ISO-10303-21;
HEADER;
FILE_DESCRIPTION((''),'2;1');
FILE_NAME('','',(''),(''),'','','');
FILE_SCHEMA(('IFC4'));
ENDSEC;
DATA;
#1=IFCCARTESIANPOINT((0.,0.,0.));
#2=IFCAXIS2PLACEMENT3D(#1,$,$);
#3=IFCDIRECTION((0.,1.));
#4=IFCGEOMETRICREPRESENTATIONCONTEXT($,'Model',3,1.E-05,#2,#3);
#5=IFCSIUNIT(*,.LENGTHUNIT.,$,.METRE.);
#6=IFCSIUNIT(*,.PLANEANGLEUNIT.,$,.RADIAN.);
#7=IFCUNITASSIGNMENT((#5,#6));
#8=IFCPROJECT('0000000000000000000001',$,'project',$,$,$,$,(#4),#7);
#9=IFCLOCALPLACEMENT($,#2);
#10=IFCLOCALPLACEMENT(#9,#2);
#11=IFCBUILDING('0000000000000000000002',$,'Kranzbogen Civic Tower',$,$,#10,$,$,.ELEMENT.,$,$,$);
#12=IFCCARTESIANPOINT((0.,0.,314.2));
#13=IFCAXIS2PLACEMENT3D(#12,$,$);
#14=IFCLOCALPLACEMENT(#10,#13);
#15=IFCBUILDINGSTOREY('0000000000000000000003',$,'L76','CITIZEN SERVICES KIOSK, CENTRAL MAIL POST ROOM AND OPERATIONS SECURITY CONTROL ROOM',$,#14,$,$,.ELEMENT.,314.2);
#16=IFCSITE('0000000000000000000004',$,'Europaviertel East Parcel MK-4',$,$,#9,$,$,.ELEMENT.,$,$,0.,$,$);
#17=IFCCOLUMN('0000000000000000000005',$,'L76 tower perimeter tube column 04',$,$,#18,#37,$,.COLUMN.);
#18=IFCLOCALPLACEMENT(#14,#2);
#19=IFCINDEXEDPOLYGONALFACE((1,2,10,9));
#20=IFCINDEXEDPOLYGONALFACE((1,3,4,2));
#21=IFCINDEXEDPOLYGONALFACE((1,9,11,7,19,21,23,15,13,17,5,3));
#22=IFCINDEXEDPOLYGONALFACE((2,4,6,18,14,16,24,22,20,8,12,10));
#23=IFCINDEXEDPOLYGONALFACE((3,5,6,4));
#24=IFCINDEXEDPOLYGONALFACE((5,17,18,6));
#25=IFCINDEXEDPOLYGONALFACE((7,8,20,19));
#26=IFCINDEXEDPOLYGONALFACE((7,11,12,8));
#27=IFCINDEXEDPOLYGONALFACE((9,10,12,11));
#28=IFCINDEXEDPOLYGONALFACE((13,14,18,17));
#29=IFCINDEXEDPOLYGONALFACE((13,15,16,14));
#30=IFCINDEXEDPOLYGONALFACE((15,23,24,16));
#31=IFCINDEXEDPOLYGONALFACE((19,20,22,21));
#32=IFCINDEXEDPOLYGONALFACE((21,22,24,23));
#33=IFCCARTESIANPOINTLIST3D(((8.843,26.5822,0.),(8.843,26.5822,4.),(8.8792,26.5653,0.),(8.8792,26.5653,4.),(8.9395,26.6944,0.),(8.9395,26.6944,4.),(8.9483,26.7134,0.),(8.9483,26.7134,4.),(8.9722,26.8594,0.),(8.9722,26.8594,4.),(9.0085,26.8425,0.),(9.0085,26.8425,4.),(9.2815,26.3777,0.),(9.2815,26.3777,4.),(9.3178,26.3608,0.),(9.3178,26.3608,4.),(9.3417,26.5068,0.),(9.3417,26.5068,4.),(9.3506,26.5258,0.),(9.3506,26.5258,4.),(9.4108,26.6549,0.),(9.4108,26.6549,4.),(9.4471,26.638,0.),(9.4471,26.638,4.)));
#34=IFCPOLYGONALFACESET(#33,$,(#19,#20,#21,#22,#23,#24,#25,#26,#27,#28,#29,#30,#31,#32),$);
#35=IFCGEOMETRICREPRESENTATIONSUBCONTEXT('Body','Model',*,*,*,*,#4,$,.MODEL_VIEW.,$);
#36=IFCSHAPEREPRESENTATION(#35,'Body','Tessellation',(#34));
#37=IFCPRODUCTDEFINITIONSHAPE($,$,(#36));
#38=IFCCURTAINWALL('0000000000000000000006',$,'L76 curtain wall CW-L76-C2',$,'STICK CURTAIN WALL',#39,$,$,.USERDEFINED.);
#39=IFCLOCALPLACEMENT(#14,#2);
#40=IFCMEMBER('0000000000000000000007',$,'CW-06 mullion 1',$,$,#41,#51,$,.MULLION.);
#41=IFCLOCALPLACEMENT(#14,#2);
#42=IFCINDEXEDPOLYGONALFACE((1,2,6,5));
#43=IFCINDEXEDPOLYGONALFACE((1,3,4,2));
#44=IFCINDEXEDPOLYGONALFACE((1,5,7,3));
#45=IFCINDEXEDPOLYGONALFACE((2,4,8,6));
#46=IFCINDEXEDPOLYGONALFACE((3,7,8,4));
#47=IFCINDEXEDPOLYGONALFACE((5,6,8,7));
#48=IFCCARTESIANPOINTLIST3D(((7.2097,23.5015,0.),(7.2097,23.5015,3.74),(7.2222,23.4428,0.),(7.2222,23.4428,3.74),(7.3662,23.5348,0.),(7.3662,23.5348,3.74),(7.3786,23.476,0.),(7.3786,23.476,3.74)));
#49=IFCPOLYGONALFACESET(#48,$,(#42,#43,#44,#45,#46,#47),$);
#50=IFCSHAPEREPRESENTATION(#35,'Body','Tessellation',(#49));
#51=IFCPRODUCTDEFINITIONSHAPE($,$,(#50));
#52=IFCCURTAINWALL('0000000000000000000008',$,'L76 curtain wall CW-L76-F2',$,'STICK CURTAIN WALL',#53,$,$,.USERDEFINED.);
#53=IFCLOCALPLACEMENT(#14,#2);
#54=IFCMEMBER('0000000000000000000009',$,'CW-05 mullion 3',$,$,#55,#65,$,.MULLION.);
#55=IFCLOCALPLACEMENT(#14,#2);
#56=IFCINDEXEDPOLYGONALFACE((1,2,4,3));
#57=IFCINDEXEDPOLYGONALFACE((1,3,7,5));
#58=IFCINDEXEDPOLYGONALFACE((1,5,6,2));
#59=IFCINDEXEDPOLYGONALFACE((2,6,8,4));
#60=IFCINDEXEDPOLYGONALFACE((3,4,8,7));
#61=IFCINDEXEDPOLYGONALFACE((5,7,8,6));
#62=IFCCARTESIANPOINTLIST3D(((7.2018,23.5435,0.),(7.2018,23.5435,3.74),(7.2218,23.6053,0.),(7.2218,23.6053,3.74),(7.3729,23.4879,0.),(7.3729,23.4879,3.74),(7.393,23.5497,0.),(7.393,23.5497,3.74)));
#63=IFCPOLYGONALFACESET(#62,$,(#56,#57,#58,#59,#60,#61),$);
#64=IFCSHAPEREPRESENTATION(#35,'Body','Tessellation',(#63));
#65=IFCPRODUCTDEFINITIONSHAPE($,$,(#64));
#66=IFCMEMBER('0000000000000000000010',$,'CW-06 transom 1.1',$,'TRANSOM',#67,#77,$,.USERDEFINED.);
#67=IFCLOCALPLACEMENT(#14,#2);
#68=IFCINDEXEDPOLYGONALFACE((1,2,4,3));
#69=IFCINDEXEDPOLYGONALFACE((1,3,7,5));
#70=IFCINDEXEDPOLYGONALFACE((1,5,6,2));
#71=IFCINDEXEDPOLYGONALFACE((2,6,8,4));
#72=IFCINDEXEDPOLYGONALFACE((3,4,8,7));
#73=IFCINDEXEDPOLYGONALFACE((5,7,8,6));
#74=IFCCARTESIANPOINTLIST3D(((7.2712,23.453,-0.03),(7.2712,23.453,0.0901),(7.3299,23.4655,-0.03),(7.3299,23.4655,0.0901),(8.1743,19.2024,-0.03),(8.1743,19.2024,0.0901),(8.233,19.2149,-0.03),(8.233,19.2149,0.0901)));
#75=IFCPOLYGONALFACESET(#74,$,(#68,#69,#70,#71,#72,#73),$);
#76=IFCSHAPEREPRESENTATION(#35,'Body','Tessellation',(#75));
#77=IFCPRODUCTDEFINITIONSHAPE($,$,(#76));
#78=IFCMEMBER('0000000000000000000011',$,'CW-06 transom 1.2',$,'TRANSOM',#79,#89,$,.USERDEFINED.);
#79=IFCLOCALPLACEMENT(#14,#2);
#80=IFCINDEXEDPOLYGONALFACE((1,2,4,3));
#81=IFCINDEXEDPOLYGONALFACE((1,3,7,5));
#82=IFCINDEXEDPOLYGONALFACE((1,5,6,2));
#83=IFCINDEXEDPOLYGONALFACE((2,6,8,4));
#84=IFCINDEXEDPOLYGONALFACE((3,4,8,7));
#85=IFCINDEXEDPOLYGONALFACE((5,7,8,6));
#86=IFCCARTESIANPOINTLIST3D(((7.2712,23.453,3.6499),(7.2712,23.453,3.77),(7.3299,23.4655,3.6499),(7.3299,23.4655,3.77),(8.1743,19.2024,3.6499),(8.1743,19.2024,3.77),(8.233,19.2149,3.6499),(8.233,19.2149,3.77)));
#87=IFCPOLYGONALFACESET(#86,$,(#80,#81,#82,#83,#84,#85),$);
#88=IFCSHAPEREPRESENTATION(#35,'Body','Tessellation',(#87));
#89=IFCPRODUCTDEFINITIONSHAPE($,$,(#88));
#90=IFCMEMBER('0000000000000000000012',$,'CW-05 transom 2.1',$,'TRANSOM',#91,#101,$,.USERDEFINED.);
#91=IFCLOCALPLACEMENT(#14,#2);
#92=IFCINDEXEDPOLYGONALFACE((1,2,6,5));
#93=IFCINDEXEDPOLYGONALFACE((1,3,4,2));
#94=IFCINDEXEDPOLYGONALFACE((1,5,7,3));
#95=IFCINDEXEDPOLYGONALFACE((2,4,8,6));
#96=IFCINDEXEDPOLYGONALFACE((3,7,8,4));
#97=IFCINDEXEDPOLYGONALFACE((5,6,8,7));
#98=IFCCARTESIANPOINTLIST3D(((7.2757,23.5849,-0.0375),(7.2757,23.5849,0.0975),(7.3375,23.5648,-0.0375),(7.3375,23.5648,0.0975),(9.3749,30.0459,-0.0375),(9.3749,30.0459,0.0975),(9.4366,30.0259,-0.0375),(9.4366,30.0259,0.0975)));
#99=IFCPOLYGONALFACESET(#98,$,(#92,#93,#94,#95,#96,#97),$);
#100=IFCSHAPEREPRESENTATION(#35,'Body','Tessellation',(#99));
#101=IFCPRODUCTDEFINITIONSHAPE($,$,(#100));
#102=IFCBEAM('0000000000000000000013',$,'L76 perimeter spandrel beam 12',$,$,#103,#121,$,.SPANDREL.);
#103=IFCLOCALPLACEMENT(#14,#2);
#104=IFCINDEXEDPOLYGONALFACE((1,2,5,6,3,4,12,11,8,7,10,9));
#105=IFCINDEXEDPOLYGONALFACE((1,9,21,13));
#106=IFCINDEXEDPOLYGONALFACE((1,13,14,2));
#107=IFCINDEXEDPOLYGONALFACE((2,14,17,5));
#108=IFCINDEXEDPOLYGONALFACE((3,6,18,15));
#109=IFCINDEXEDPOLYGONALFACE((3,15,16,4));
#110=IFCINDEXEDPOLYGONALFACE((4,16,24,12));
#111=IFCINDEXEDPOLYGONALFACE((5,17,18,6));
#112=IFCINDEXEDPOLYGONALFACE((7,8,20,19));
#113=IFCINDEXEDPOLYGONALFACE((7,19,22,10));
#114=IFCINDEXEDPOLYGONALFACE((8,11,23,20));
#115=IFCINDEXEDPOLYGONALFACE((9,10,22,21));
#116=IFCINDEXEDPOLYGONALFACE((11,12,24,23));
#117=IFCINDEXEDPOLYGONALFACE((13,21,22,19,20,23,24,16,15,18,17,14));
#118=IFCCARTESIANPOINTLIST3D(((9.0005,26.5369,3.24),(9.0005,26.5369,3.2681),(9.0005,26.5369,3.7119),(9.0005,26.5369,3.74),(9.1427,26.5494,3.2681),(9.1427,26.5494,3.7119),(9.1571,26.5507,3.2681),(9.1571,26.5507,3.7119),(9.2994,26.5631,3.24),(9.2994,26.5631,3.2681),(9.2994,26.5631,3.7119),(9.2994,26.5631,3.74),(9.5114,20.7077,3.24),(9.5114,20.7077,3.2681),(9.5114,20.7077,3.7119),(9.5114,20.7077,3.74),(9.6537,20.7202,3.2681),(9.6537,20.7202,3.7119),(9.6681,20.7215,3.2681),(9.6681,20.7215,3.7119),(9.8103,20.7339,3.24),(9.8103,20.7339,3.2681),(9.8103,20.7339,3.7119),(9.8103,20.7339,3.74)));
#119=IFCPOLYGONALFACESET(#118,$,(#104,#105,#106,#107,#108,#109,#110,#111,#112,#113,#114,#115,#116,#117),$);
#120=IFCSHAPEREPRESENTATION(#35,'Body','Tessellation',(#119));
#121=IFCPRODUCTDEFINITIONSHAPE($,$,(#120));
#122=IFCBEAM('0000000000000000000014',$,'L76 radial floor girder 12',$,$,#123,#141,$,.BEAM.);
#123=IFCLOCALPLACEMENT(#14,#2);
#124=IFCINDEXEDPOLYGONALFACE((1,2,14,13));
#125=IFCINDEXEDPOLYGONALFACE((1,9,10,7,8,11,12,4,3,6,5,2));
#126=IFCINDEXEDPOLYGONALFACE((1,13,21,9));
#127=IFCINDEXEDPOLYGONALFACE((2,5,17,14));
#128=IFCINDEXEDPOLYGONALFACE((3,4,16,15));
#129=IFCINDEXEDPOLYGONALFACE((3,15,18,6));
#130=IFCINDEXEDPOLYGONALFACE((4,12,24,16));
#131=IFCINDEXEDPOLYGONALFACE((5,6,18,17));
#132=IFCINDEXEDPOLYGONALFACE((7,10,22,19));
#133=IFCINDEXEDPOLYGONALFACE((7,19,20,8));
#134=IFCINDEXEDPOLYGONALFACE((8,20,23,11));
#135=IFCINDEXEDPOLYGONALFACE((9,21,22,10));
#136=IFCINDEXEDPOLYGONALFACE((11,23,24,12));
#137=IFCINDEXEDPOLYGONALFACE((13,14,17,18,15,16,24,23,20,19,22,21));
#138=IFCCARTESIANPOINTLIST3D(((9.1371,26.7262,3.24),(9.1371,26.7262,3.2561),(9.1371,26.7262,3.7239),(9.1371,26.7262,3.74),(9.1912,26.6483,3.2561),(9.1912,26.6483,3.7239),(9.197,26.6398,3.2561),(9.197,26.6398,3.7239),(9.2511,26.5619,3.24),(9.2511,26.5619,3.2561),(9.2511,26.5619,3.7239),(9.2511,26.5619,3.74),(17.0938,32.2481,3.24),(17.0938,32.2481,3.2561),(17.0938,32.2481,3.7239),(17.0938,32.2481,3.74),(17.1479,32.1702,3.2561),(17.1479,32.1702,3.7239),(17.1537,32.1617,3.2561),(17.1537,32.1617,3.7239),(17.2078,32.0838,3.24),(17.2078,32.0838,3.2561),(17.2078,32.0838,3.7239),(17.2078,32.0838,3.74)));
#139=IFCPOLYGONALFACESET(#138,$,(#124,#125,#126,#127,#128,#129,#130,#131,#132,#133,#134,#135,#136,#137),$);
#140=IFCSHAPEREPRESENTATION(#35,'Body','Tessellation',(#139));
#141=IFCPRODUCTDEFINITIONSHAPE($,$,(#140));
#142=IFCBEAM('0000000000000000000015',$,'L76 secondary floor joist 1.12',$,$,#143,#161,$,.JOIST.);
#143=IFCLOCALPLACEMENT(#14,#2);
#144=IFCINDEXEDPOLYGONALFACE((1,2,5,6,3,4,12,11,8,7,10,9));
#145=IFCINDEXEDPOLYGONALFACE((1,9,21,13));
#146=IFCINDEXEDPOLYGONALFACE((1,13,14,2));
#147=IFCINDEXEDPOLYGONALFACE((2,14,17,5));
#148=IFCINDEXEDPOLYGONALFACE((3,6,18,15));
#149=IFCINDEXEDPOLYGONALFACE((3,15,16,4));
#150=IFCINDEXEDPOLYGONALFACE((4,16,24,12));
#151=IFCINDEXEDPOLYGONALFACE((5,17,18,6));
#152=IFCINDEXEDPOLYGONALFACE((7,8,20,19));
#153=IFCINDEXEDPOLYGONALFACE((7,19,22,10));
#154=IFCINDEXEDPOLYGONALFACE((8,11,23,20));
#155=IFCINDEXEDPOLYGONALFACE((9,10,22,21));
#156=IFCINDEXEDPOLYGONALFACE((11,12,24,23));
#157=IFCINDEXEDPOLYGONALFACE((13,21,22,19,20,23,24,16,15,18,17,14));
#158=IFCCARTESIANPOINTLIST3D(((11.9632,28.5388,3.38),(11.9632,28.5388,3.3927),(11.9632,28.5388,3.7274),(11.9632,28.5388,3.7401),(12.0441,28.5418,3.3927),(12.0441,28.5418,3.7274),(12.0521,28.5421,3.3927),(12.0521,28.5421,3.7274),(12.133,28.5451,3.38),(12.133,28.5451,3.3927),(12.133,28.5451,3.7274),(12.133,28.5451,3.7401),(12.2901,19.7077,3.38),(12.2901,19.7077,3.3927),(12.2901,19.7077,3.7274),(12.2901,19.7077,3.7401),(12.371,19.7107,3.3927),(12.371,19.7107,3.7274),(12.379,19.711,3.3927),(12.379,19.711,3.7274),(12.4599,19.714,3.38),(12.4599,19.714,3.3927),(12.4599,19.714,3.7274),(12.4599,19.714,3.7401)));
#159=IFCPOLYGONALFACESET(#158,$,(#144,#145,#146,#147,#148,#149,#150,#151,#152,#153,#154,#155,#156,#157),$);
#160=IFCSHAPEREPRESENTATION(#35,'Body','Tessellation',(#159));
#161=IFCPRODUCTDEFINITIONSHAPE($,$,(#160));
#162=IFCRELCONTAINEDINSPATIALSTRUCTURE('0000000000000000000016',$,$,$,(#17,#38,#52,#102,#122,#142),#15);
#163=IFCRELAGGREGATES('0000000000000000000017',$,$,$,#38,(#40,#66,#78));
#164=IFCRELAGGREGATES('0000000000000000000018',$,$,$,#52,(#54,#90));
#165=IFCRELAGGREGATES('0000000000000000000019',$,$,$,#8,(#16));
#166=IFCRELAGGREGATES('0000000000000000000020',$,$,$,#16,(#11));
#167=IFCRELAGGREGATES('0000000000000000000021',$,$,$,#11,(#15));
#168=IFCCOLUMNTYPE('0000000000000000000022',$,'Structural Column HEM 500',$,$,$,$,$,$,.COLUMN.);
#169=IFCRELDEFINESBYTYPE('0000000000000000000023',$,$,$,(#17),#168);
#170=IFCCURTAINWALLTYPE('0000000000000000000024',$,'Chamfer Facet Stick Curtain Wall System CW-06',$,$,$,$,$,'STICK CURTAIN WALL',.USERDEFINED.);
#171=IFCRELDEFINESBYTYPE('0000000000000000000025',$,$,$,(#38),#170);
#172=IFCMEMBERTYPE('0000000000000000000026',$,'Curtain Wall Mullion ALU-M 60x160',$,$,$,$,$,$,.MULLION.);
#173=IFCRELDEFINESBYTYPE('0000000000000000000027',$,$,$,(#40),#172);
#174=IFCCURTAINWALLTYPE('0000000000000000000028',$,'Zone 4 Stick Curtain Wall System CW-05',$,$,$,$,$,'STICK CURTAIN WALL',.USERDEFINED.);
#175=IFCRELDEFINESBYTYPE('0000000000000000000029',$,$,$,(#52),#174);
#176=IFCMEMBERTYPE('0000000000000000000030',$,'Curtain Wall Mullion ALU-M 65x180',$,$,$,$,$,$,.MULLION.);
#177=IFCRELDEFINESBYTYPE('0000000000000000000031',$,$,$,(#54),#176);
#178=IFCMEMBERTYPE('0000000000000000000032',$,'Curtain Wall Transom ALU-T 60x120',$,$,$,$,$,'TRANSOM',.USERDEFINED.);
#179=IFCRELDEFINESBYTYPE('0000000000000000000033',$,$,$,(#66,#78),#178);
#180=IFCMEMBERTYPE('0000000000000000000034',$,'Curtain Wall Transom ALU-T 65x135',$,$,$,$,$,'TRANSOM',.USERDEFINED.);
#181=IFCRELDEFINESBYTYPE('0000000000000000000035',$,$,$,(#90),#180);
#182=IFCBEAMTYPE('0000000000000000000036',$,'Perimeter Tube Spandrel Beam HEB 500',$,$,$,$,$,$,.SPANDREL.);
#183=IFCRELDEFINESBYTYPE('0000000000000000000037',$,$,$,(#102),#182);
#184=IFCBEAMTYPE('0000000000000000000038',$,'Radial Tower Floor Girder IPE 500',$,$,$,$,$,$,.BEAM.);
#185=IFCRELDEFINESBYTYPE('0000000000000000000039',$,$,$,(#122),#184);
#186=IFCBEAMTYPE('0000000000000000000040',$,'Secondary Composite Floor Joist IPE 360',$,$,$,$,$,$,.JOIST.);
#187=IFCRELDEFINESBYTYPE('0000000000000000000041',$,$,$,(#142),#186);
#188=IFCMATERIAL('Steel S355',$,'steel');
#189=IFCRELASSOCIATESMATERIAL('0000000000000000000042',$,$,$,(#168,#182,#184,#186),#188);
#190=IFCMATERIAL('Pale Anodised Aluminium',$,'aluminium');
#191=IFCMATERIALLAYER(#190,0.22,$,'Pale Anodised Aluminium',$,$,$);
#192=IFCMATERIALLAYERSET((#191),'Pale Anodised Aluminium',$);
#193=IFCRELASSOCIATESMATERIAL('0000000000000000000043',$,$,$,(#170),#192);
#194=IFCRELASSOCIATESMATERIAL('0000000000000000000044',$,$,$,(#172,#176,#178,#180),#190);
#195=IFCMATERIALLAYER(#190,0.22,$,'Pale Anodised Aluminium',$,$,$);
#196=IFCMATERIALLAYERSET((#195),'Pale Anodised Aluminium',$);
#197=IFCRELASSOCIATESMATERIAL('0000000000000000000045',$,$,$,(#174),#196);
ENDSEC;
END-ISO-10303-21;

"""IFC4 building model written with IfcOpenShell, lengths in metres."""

from ifc_helpers import new_model, si_unit, direction, frame, origin, origin_2d, place, context, subcontext, project, spatial, rectangle, i_section, extrude, material, layer, layer_set, material_profile, profile_set, type_object, element, aggregate, save


model = new_model("IFC4")

# Units and contexts
model_context = context("Model", 3, precision=1e-05, world=origin(), true_north=direction((0.0, 1.0)))
body_context = subcontext(model_context, "Body", "Model", "MODEL_VIEW")
ifc_project = project(units=[si_unit("LENGTHUNIT", "METRE"), si_unit("PLANEANGLEUNIT", "RADIAN")], contexts=[model_context])

# Site, building, storey
site_placement = place(None, origin())
site = spatial("IfcSite", under=ifc_project, at=site_placement, Name="Europaviertel East Parcel MK-4", CompositionType="ELEMENT", RefElevation=0.0)
building_placement = place(site_placement, origin())
building = spatial("IfcBuilding", under=site, at=building_placement, Name="Kranzbogen Civic Tower", CompositionType="ELEMENT")
storey_placement = place(building_placement, frame((0.0, 0.0, 314.2)))
storey = spatial("IfcBuildingStorey", under=building, at=storey_placement, Name="L76", Description="CITIZEN SERVICES KIOSK, CENTRAL MAIL POST ROOM AND OPERATIONS SECURITY CONTROL ROOM", CompositionType="ELEMENT", Elevation=314.2)

# Column
ifc_material_1 = material(Name="Steel S355", Category="steel")
ifc_material_profile_1 = material_profile(ifc_material_1, i_section(OverallWidth=0.3059, OverallDepth=0.5239, WebThickness=0.021, FlangeThickness=0.04, at=origin_2d()), Name="HEM 500")
ifc_profile_set_1 = profile_set([ifc_material_profile_1], Name="Steel S355")
column_type = type_object("IfcColumnType", Name="Structural Column HEM 500", PredefinedType="COLUMN", material=ifc_profile_set_1)
column_placement = place(storey_placement, frame((9.145, 26.6101, 0.0), z_axis=(0.0, 0.0, 1.0), x_axis=(0.422618, 0.906308, 0.0)))
element("IfcColumn", 1, at=column_placement, inside=storey, type_object=column_type, Name="L76 tower perimeter tube column 04", PredefinedType="COLUMN", context=body_context, shape_type="SweptSolid", body=[
    extrude(i_section(OverallWidth=0.3059, OverallDepth=0.5239, WebThickness=0.021, FlangeThickness=0.04, at=origin_2d()), origin(), (0.0, 0.0, 1.0), 4.0),
])

# Curtain walls, members
ifc_material_2 = material(Name="Pale Anodised Aluminium", Category="aluminium")
ifc_layer_1 = layer(ifc_material_2, 0.22, Name="Pale Anodised Aluminium")
ifc_layer_set_1 = layer_set([ifc_layer_1], Name="Pale Anodised Aluminium")
curtain_wall_type_1 = type_object("IfcCurtainWallType", Name="Chamfer Facet Stick Curtain Wall System CW-06", ElementType="STICK CURTAIN WALL", PredefinedType="USERDEFINED", material=ifc_layer_set_1)
curtain_wall_1_placement = place(storey_placement, origin())
curtain_wall_1 = element("IfcCurtainWall", 2, at=curtain_wall_1_placement, inside=storey, type_object=curtain_wall_type_1, Name="L76 curtain wall CW-L76-C2", ObjectType="STICK CURTAIN WALL", PredefinedType="USERDEFINED")
ifc_material_profile_2 = material_profile(ifc_material_2, rectangle(XDim=0.0601, YDim=0.1599, at=origin_2d()), Name="ALU-M 60x160")
ifc_profile_set_2 = profile_set([ifc_material_profile_2], Name="Pale Anodised Aluminium")
member_type_1 = type_object("IfcMemberType", Name="Curtain Wall Mullion ALU-M 60x160", PredefinedType="MULLION", material=ifc_profile_set_2)
member_1_placement = place(storey_placement, frame((7.2942, 23.4888, 0.0), z_axis=(0.0, 0.0, 1.0), x_axis=(0.207816, -0.978168, 0.0)))
member_1 = element("IfcMember", 3, at=member_1_placement, type_object=member_type_1, Name="CW-06 mullion 1", PredefinedType="MULLION", context=body_context, shape_type="SweptSolid", body=[
    extrude(rectangle(XDim=0.0601, YDim=0.1599, at=origin_2d()), origin(), (0.0, 0.0, 1.0), 3.74),
])
ifc_layer_2 = layer(ifc_material_2, 0.22, Name="Pale Anodised Aluminium")
ifc_layer_set_2 = layer_set([ifc_layer_2], Name="Pale Anodised Aluminium")
curtain_wall_type_2 = type_object("IfcCurtainWallType", Name="Zone 4 Stick Curtain Wall System CW-05", ElementType="STICK CURTAIN WALL", PredefinedType="USERDEFINED", material=ifc_layer_set_2)
curtain_wall_2_placement = place(storey_placement, origin())
curtain_wall_2 = element("IfcCurtainWall", 4, at=curtain_wall_2_placement, inside=storey, type_object=curtain_wall_type_2, Name="L76 curtain wall CW-L76-F2", ObjectType="STICK CURTAIN WALL", PredefinedType="USERDEFINED")
ifc_material_profile_3 = material_profile(ifc_material_2, rectangle(XDim=0.0649, YDim=0.1799, at=origin_2d()), Name="ALU-M 65x180")
ifc_profile_set_3 = profile_set([ifc_material_profile_3], Name="Pale Anodised Aluminium")
member_type_2 = type_object("IfcMemberType", Name="Curtain Wall Mullion ALU-M 65x180", PredefinedType="MULLION", material=ifc_profile_set_3)
member_2_placement = place(storey_placement, frame((7.2974, 23.5466, 0.0), z_axis=(0.0, 0.0, 1.0), x_axis=(-0.309006, -0.95106, 0.0)))
member_2 = element("IfcMember", 5, at=member_2_placement, type_object=member_type_2, Name="CW-05 mullion 3", PredefinedType="MULLION", context=body_context, shape_type="SweptSolid", body=[
    extrude(rectangle(XDim=0.0649, YDim=0.1799, at=origin_2d()), origin(), (0.0, 0.0, 1.0), 3.74),
])

# Members
ifc_material_profile_4 = material_profile(ifc_material_2, rectangle(XDim=0.0601, YDim=0.1201, at=origin_2d()), Name="ALU-T 60x120")
ifc_profile_set_4 = profile_set([ifc_material_profile_4], Name="Pale Anodised Aluminium")
member_type_3 = type_object("IfcMemberType", Name="Curtain Wall Transom ALU-T 60x120", ElementType="TRANSOM", PredefinedType="USERDEFINED", material=ifc_profile_set_4)
member_3_placement = place(storey_placement, frame((7.3005, 23.4592, 0.03), z_axis=(0.207825, -0.978166, 0.0), x_axis=(0.978166, 0.207825, 0.0)))
member_3 = element("IfcMember", 6, at=member_3_placement, type_object=member_type_3, Name="CW-06 transom 1.1", ObjectType="TRANSOM", PredefinedType="USERDEFINED", context=body_context, shape_type="SweptSolid", body=[
    extrude(rectangle(XDim=0.0601, YDim=0.1201, at=origin_2d()), origin(), (0.0, 0.0, 1.0), 4.3455),
])
member_4_placement = place(storey_placement, frame((7.3005, 23.4592, 3.71), z_axis=(0.207825, -0.978166, 0.0), x_axis=(0.978166, 0.207825, 0.0)))
member_4 = element("IfcMember", 7, at=member_4_placement, type_object=member_type_3, Name="CW-06 transom 1.2", ObjectType="TRANSOM", PredefinedType="USERDEFINED", context=body_context, shape_type="SweptSolid", body=[
    extrude(rectangle(XDim=0.0601, YDim=0.1201, at=origin_2d()), origin(), (0.0, 0.0, 1.0), 4.3455),
])
ifc_material_profile_5 = material_profile(ifc_material_2, rectangle(XDim=0.0649, YDim=0.135, at=origin_2d()), Name="ALU-T 65x135")
ifc_profile_set_5 = profile_set([ifc_material_profile_5], Name="Pale Anodised Aluminium")
member_type_4 = type_object("IfcMemberType", Name="Curtain Wall Transom ALU-T 65x135", ElementType="TRANSOM", PredefinedType="USERDEFINED", material=ifc_profile_set_5)
member_5_placement = place(storey_placement, frame((9.4058, 30.0359, 0.03), z_axis=(-0.308995, -0.951064, 0.0), x_axis=(0.951064, -0.308995, 0.0)))
member_5 = element("IfcMember", 8, at=member_5_placement, type_object=member_type_4, Name="CW-05 transom 2.1", ObjectType="TRANSOM", PredefinedType="USERDEFINED", context=body_context, shape_type="SweptSolid", body=[
    extrude(rectangle(XDim=0.0649, YDim=0.135, at=origin_2d()), origin(), (0.0, 0.0, 1.0), 6.7935),
])

# Beams
ifc_material_profile_6 = material_profile(ifc_material_1, i_section(OverallWidth=0.3, OverallDepth=0.5, WebThickness=0.0144, FlangeThickness=0.0281, at=origin_2d()), Name="HEB 500")
ifc_profile_set_6 = profile_set([ifc_material_profile_6], Name="Steel S355")
beam_type_1 = type_object("IfcBeamType", Name="Perimeter Tube Spandrel Beam HEB 500", PredefinedType="SPANDREL", material=ifc_profile_set_6)
beam_1_placement = place(storey_placement, frame((9.1499, 26.55, 3.49), z_axis=(0.087326, -0.99618, 0.0), x_axis=(0.99618, 0.087326, 0.0)))
element("IfcBeam", 9, at=beam_1_placement, inside=storey, type_object=beam_type_1, Name="L76 perimeter spandrel beam 12", PredefinedType="SPANDREL", context=body_context, shape_type="SweptSolid", body=[
    extrude(i_section(OverallWidth=0.3, OverallDepth=0.5, WebThickness=0.0144, FlangeThickness=0.0281, at=origin_2d()), origin(), (0.0, 0.0, 1.0), 5.8516),
])
ifc_material_profile_7 = material_profile(ifc_material_1, i_section(OverallWidth=0.2, OverallDepth=0.5, WebThickness=0.0103, FlangeThickness=0.0161, at=origin_2d()), Name="IPE 500")
ifc_profile_set_7 = profile_set([ifc_material_profile_7], Name="Steel S355")
beam_type_2 = type_object("IfcBeamType", Name="Radial Tower Floor Girder IPE 500", PredefinedType="BEAM", material=ifc_profile_set_7)
beam_2_placement = place(storey_placement, frame((9.1941, 26.644, 3.49), z_axis=(0.821543, 0.570147, 0.0), x_axis=(-0.570147, 0.821543, 0.0)))
element("IfcBeam", 10, at=beam_2_placement, inside=storey, type_object=beam_type_2, Name="L76 radial floor girder 12", PredefinedType="BEAM", context=body_context, shape_type="SweptSolid", body=[
    extrude(i_section(OverallWidth=0.2, OverallDepth=0.5, WebThickness=0.0103, FlangeThickness=0.0161, at=origin_2d()), origin(), (0.0, 0.0, 1.0), 9.6851),
])
ifc_material_profile_8 = material_profile(ifc_material_1, i_section(OverallWidth=0.1699, OverallDepth=0.3601, WebThickness=0.0081, FlangeThickness=0.0127, at=origin_2d()), Name="IPE 360")
ifc_profile_set_8 = profile_set([ifc_material_profile_8], Name="Steel S355")
beam_type_3 = type_object("IfcBeamType", Name="Secondary Composite Floor Joist IPE 360", PredefinedType="JOIST", material=ifc_profile_set_8)
beam_3_placement = place(storey_placement, frame((12.0481, 28.542, 3.5601), z_axis=(0.036992, -0.999316, 0.0), x_axis=(0.999316, 0.036992, 0.0)))
element("IfcBeam", 11, at=beam_3_placement, inside=storey, type_object=beam_type_3, Name="L76 secondary floor joist 1.12", PredefinedType="JOIST", context=body_context, shape_type="SweptSolid", body=[
    extrude(i_section(OverallWidth=0.1699, OverallDepth=0.3601, WebThickness=0.0081, FlangeThickness=0.0127, at=origin_2d()), origin(), (0.0, 0.0, 1.0), 8.8372),
])

aggregate(curtain_wall_1, [member_1, member_3, member_4])
aggregate(curtain_wall_2, [member_2, member_5])

save(model, "model.ifc")
